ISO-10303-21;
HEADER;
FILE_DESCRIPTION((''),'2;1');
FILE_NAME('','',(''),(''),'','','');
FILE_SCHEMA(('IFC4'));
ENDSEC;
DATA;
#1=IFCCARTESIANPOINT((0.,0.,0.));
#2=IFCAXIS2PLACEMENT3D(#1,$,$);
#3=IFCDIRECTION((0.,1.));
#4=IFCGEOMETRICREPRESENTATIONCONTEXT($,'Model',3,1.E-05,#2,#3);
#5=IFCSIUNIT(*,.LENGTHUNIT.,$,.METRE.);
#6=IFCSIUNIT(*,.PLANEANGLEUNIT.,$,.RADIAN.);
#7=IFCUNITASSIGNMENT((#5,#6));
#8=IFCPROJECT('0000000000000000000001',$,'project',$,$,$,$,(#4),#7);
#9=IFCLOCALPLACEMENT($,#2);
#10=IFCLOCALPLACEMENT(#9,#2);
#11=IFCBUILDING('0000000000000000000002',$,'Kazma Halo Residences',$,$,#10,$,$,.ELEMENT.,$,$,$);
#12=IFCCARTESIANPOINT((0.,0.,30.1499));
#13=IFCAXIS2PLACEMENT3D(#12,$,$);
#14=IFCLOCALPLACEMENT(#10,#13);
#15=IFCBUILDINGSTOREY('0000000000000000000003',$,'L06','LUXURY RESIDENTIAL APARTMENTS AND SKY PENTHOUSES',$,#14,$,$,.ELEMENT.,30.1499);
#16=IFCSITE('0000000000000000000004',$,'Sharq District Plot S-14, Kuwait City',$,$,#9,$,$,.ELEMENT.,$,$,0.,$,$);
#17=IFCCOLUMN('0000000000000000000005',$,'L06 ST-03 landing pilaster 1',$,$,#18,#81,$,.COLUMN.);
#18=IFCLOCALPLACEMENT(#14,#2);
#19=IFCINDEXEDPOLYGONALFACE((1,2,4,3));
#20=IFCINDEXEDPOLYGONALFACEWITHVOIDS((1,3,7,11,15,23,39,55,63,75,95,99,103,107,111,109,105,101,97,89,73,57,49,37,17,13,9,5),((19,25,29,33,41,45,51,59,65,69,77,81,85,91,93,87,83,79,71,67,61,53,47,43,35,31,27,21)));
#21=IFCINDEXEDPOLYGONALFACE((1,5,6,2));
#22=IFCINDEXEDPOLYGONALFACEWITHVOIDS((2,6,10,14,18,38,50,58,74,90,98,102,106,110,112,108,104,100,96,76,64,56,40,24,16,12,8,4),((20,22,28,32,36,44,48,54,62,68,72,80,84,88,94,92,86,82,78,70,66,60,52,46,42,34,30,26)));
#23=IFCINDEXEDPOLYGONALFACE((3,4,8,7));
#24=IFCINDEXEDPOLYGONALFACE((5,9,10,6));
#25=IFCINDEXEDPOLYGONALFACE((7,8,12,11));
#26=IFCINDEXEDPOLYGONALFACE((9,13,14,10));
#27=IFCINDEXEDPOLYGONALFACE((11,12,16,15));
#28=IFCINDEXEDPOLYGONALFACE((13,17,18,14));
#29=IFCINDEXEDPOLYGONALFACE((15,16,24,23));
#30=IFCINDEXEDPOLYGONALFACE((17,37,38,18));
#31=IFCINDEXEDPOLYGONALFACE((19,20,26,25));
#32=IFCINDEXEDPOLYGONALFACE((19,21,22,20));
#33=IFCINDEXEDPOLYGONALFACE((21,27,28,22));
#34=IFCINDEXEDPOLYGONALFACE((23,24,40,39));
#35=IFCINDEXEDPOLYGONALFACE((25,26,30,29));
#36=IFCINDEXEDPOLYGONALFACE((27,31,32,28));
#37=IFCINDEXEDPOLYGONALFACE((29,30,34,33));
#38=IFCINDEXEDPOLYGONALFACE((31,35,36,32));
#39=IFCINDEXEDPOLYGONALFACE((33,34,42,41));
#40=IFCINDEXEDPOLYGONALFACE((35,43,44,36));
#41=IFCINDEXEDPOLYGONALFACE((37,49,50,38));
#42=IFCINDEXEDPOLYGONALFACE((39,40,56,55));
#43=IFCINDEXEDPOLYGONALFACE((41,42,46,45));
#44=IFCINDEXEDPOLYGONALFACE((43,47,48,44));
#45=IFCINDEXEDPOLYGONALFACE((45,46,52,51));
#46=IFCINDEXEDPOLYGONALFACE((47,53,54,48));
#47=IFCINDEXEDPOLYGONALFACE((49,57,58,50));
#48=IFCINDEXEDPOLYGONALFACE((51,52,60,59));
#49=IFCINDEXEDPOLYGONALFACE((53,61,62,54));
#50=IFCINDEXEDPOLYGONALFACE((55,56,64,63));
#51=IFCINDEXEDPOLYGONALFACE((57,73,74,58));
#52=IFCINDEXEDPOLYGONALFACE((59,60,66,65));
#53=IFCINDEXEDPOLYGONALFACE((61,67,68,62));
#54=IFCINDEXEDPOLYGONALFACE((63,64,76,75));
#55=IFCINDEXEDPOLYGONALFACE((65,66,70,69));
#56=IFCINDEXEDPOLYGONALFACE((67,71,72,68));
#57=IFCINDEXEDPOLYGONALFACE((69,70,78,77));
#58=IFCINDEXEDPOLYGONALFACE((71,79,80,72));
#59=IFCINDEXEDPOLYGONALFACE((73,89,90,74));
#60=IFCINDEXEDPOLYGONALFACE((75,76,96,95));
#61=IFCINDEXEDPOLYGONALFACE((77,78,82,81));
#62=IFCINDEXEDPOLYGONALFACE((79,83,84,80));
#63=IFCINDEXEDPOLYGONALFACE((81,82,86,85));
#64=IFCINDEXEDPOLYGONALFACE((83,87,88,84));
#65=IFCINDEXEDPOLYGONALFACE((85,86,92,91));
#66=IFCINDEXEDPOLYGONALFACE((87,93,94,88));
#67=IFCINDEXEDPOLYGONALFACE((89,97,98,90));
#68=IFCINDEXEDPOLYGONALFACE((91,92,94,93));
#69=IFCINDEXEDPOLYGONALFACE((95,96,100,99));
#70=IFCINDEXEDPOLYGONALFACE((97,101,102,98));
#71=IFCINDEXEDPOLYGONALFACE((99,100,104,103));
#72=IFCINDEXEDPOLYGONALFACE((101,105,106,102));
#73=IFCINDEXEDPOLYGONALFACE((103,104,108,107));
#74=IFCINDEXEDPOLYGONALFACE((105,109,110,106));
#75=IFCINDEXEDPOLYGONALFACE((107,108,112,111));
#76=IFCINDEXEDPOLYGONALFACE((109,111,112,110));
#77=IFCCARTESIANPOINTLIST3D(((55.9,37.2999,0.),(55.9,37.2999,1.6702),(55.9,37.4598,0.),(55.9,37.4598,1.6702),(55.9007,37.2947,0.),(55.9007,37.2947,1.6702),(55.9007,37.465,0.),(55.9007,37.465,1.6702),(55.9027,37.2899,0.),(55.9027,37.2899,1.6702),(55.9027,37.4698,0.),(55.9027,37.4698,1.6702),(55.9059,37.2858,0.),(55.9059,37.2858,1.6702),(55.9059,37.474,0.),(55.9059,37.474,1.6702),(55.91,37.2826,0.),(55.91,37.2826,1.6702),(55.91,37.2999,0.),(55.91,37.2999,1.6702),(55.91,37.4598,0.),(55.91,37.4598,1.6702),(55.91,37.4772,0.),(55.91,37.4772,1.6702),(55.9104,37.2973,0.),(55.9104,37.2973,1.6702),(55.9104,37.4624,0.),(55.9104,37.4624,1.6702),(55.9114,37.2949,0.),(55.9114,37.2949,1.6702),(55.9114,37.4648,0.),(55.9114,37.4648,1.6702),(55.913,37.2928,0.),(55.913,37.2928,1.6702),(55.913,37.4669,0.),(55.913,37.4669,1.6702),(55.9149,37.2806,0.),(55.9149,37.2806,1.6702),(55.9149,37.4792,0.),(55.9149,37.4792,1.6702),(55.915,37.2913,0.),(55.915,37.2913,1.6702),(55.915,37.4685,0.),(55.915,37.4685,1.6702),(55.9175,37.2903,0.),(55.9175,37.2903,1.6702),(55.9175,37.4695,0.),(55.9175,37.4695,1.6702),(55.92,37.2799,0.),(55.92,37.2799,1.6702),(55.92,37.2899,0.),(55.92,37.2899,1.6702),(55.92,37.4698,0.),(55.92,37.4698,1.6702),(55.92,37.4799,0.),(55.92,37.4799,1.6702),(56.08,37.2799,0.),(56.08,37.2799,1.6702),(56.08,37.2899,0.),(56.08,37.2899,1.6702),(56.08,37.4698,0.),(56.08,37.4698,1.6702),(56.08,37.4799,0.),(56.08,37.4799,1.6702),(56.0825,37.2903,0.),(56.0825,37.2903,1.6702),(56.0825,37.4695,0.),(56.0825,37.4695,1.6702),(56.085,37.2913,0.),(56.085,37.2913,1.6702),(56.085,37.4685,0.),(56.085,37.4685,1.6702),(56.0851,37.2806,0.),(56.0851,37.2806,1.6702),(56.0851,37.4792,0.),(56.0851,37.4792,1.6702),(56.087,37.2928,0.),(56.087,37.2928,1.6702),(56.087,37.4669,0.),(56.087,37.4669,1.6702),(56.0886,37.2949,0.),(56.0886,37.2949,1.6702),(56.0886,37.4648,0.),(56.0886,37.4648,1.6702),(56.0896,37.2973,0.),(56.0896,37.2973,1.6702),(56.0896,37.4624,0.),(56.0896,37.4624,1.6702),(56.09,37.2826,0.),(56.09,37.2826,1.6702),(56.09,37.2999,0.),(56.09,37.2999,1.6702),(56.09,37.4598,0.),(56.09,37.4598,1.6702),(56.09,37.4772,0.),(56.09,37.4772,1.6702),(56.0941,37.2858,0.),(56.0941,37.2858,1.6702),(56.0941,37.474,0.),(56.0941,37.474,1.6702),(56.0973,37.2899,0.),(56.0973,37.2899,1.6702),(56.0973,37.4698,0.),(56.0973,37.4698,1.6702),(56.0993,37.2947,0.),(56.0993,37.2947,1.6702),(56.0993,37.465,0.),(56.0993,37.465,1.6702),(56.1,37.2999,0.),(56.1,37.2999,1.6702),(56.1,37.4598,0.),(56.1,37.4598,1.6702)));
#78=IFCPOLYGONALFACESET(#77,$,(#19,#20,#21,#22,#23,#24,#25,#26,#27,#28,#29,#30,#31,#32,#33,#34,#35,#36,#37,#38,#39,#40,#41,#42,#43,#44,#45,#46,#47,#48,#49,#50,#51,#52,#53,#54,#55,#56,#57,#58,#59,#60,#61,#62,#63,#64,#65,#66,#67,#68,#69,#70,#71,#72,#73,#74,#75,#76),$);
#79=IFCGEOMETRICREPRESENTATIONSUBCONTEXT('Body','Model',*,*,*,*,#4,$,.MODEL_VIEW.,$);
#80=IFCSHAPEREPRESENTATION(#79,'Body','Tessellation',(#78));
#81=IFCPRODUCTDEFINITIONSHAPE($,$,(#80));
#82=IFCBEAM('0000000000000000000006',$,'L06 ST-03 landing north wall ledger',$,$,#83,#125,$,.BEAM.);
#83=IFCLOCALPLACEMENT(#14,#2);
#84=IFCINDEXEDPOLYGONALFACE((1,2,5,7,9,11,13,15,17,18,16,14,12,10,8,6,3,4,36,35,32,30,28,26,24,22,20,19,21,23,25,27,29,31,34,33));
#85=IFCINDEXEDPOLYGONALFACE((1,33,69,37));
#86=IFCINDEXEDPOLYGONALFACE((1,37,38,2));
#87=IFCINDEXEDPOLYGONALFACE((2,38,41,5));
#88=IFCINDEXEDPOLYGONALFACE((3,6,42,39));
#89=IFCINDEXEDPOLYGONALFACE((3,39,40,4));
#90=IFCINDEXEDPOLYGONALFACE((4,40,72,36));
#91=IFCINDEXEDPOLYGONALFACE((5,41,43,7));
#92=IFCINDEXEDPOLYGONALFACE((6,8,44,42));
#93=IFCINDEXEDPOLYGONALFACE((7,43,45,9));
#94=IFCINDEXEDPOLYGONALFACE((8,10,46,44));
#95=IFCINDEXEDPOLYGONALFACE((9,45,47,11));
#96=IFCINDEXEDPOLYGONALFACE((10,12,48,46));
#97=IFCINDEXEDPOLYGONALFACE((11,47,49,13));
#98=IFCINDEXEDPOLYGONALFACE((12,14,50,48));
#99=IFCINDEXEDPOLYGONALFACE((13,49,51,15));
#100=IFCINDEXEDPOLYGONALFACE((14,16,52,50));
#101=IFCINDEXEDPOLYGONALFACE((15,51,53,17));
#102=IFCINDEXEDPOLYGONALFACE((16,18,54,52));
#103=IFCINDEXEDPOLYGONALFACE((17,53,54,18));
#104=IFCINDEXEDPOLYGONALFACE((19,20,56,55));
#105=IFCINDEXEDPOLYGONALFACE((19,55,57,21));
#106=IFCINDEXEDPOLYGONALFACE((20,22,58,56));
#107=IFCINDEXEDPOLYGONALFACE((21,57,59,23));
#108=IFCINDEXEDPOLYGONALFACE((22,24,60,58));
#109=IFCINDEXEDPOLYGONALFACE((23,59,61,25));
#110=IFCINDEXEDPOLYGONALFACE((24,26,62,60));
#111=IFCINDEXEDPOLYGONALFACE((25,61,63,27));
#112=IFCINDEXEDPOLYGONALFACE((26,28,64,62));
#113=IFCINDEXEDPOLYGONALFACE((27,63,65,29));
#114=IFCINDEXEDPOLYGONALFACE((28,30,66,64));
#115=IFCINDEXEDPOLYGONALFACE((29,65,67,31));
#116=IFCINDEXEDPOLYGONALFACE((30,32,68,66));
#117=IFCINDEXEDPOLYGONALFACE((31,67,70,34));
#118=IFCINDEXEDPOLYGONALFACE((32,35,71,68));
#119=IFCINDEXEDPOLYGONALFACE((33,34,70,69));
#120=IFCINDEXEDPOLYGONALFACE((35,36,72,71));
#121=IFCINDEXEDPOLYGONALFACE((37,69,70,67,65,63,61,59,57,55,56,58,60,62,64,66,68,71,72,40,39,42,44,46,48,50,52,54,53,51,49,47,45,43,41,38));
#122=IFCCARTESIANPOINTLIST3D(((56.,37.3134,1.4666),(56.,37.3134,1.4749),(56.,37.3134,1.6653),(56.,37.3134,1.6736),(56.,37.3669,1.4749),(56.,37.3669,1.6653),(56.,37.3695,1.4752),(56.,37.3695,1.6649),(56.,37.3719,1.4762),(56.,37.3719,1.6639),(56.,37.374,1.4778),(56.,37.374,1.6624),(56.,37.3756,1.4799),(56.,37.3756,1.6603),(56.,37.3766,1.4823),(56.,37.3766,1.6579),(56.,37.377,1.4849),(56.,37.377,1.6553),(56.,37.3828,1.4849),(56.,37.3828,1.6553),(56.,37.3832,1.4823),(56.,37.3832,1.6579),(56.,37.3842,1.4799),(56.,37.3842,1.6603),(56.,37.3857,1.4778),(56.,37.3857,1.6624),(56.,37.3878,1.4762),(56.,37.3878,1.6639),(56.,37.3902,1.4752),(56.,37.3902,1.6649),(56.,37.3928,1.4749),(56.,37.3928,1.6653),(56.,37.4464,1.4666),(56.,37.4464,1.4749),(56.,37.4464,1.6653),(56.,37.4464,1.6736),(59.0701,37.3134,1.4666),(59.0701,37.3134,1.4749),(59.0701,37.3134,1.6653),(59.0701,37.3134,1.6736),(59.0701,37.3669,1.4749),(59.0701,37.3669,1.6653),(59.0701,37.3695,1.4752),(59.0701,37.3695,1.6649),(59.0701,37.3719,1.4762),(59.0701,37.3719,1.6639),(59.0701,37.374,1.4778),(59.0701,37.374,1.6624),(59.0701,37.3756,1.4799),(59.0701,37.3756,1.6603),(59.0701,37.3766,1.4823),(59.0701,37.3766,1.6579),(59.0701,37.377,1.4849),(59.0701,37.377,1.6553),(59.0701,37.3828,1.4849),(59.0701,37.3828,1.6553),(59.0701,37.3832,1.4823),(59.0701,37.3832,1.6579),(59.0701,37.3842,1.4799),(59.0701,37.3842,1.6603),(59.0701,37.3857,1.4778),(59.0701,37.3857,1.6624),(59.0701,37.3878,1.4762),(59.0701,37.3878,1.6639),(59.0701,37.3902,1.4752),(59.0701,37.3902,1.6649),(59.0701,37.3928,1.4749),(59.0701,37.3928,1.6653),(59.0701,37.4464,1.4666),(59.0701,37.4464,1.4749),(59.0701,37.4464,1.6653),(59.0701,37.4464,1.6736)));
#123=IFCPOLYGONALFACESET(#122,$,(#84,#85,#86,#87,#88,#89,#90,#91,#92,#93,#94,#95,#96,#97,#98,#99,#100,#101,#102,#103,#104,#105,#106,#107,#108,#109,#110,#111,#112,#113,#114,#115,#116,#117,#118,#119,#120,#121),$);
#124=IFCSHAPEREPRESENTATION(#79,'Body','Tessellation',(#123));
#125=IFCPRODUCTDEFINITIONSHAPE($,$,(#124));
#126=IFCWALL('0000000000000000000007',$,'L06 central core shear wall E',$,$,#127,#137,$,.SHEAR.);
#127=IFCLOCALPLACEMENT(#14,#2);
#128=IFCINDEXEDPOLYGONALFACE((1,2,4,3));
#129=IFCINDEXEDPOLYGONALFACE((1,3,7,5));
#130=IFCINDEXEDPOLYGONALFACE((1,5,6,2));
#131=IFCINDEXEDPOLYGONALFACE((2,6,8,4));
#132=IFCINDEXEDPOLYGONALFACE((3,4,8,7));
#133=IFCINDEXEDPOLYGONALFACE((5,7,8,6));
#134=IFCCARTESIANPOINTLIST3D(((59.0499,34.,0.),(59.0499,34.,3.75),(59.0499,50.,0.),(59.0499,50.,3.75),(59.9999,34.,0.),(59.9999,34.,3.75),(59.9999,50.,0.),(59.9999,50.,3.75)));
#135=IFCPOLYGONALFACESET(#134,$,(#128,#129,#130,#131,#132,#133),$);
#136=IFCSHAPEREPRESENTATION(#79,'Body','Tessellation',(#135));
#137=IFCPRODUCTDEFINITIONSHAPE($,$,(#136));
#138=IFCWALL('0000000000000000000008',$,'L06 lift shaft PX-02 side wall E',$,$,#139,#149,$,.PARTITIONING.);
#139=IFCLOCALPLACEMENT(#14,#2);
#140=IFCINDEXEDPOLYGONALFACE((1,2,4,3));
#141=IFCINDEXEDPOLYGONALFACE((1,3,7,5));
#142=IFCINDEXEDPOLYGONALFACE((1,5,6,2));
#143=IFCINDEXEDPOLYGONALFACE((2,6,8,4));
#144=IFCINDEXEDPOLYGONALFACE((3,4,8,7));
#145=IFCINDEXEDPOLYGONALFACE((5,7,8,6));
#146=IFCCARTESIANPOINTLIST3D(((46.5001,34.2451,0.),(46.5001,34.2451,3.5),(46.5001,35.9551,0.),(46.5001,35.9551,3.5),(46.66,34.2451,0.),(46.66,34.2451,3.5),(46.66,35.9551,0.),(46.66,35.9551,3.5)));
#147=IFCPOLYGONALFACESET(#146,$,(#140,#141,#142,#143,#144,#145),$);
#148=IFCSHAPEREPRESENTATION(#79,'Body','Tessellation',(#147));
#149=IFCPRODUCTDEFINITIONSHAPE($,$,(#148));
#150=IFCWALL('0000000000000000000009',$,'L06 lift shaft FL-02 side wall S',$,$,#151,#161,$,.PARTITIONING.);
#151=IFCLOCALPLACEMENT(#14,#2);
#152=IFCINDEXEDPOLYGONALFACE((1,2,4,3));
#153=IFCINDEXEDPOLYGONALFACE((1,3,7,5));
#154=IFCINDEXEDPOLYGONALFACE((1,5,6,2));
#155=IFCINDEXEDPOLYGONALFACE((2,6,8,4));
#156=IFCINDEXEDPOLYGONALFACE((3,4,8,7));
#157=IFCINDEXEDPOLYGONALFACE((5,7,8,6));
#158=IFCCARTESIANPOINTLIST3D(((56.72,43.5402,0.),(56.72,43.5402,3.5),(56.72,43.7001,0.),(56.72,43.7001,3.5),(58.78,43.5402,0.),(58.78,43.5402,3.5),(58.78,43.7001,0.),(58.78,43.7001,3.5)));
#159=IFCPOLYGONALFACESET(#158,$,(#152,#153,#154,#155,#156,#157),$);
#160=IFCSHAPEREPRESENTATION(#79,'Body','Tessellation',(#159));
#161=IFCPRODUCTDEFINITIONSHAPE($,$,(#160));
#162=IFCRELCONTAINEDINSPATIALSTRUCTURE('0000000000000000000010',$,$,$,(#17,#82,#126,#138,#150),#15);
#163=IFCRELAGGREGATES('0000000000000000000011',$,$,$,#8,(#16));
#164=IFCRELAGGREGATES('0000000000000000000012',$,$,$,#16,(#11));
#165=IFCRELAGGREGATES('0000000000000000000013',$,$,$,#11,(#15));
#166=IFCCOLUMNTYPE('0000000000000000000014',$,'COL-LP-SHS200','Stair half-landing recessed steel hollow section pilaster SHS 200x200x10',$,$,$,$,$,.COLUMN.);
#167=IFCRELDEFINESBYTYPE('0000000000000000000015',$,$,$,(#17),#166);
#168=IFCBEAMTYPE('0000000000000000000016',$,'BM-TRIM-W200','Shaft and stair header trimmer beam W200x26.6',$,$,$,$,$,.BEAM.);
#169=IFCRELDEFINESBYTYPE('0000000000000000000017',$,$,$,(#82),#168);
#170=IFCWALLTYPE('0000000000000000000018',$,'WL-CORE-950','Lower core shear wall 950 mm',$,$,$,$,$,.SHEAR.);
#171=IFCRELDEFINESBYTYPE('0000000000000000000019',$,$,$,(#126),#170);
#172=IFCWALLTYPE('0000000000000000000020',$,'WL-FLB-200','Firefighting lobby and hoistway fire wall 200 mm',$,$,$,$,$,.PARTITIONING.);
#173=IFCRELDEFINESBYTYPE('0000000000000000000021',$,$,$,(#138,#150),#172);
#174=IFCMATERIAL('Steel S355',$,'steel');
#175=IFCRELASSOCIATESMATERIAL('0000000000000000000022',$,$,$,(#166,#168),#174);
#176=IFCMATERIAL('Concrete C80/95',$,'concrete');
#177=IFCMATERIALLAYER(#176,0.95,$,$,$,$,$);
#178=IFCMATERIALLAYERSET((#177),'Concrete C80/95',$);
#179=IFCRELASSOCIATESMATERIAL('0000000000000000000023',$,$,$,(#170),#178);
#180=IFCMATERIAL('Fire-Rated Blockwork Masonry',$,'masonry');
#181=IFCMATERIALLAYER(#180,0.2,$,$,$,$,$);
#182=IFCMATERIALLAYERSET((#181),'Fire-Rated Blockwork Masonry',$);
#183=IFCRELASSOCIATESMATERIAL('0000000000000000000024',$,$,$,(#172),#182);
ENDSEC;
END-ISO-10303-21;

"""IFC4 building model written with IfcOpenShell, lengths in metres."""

from ifc_helpers import new_model, si_unit, direction, frame, frame_2d, origin, origin_2d, place, context, subcontext, project, spatial, rectangle, hollow_rectangle, i_section, extrude, material, layer, layer_set, material_profile, profile_set, type_object, element, save


model = new_model("IFC4")

# Units and contexts
model_context = context("Model", 3, precision=1e-05, world=origin(), true_north=direction((0.0, 1.0)))
body_context = subcontext(model_context, "Body", "Model", "MODEL_VIEW")
ifc_project = project(units=[si_unit("LENGTHUNIT", "METRE"), si_unit("PLANEANGLEUNIT", "RADIAN")], contexts=[model_context])

# Site, building, storey
site_placement = place(None, origin())
site = spatial("IfcSite", under=ifc_project, at=site_placement, Name="Sharq District Plot S-14, Kuwait City", CompositionType="ELEMENT", RefElevation=0.0)
building_placement = place(site_placement, origin())
building = spatial("IfcBuilding", under=site, at=building_placement, Name="Kazma Halo Residences", CompositionType="ELEMENT")
storey_placement = place(building_placement, frame((0.0, 0.0, 30.1499)))
storey = spatial("IfcBuildingStorey", under=building, at=storey_placement, Name="L06", Description="LUXURY RESIDENTIAL APARTMENTS AND SKY PENTHOUSES", CompositionType="ELEMENT", Elevation=30.1499)

# Column
ifc_material_1 = material(Name="Steel S355", Category="steel")
ifc_material_profile_1 = material_profile(ifc_material_1, hollow_rectangle(XDim=0.2, YDim=0.2, WallThickness=0.01, InnerFilletRadius=0.01, OuterFilletRadius=0.02, at=origin_2d()), Name="SHS200x200x10")
ifc_profile_set_1 = profile_set([ifc_material_profile_1], Name="Steel S355")
column_type = type_object("IfcColumnType", Name="COL-LP-SHS200", Description="Stair half-landing recessed steel hollow section pilaster SHS 200x200x10", PredefinedType="COLUMN", material=ifc_profile_set_1)
column_placement = place(storey_placement, frame((56.0, 37.3799, 0.0), z_axis=(0.0, 0.0, 1.0), x_axis=(1.0, 0.0, 0.0)))
element("IfcColumn", 1, at=column_placement, inside=storey, type_object=column_type, Name="L06 ST-03 landing pilaster 1", PredefinedType="COLUMN", context=body_context, shape_type="SweptSolid", body=[
    extrude(hollow_rectangle(XDim=0.2, YDim=0.2, WallThickness=0.01, InnerFilletRadius=0.01, OuterFilletRadius=0.02, at=origin_2d()), origin(), (0.0, 0.0, 1.0), 1.6702),
])

# Beam
ifc_material_profile_2 = material_profile(ifc_material_1, i_section(OverallWidth=0.1331, OverallDepth=0.207, WebThickness=0.0059, FlangeThickness=0.0083, FilletRadius=0.01, at=origin_2d()), Name="W200x26.6")
ifc_profile_set_2 = profile_set([ifc_material_profile_2], Name="Steel S355")
beam_type = type_object("IfcBeamType", Name="BM-TRIM-W200", Description="Shaft and stair header trimmer beam W200x26.6", PredefinedType="BEAM", material=ifc_profile_set_2)
beam_placement = place(storey_placement, frame((56.0, 37.3799, 1.5701), z_axis=(1.0, 0.0, 0.0), x_axis=(0.0, 1.0, 0.0)))
element("IfcBeam", 2, at=beam_placement, inside=storey, type_object=beam_type, Name="L06 ST-03 landing north wall ledger", PredefinedType="BEAM", context=body_context, shape_type="SweptSolid", body=[
    extrude(i_section(OverallWidth=0.1331, OverallDepth=0.207, WebThickness=0.0059, FlangeThickness=0.0083, FilletRadius=0.01, at=origin_2d()), origin(), (0.0, 0.0, 1.0), 3.0701),
])

# Walls
ifc_material_2 = material(Name="Concrete C80/95", Category="concrete")
ifc_layer_1 = layer(ifc_material_2, 0.95)
ifc_layer_set_1 = layer_set([ifc_layer_1], Name="Concrete C80/95")
wall_type_1 = type_object("IfcWallType", Name="WL-CORE-950", Description="Lower core shear wall 950 mm", PredefinedType="SHEAR", material=ifc_layer_set_1)
wall_1_placement = place(storey_placement, frame((59.5249, 34.0, 0.0), z_axis=(0.0, 0.0, 1.0), x_axis=(0.0, 1.0, 0.0)))
element("IfcWall", 3, at=wall_1_placement, inside=storey, type_object=wall_type_1, Name="L06 central core shear wall E", PredefinedType="SHEAR", context=body_context, shape_type="SweptSolid", body=[
    extrude(rectangle(XDim=16.0, YDim=0.95, at=frame_2d((8.0, 0.0))), origin(), (0.0, 0.0, 1.0), 3.75),
])
ifc_material_3 = material(Name="Fire-Rated Blockwork Masonry", Category="masonry")
ifc_layer_2 = layer(ifc_material_3, 0.2)
ifc_layer_set_2 = layer_set([ifc_layer_2], Name="Fire-Rated Blockwork Masonry")
wall_type_2 = type_object("IfcWallType", Name="WL-FLB-200", Description="Firefighting lobby and hoistway fire wall 200 mm", PredefinedType="PARTITIONING", material=ifc_layer_set_2)
wall_2_placement = place(storey_placement, frame((46.5801, 34.2451, 0.0), z_axis=(0.0, 0.0, 1.0), x_axis=(0.0, 1.0, 0.0)))
element("IfcWall", 4, at=wall_2_placement, inside=storey, type_object=wall_type_2, Name="L06 lift shaft PX-02 side wall E", PredefinedType="PARTITIONING", context=body_context, shape_type="SweptSolid", body=[
    extrude(rectangle(XDim=1.71, YDim=0.1599, at=frame_2d((0.855, 0.0))), origin(), (0.0, 0.0, 1.0), 3.5),
])
wall_3_placement = place(storey_placement, frame((56.72, 43.6201, 0.0), z_axis=(0.0, 0.0, 1.0), x_axis=(1.0, 0.0, 0.0)))
element("IfcWall", 5, at=wall_3_placement, inside=storey, type_object=wall_type_2, Name="L06 lift shaft FL-02 side wall S", PredefinedType="PARTITIONING", context=body_context, shape_type="SweptSolid", body=[
    extrude(rectangle(XDim=2.0601, YDim=0.1599, at=frame_2d((1.03, 0.0))), origin(), (0.0, 0.0, 1.0), 3.5),
])

save(model, "model.ifc")
